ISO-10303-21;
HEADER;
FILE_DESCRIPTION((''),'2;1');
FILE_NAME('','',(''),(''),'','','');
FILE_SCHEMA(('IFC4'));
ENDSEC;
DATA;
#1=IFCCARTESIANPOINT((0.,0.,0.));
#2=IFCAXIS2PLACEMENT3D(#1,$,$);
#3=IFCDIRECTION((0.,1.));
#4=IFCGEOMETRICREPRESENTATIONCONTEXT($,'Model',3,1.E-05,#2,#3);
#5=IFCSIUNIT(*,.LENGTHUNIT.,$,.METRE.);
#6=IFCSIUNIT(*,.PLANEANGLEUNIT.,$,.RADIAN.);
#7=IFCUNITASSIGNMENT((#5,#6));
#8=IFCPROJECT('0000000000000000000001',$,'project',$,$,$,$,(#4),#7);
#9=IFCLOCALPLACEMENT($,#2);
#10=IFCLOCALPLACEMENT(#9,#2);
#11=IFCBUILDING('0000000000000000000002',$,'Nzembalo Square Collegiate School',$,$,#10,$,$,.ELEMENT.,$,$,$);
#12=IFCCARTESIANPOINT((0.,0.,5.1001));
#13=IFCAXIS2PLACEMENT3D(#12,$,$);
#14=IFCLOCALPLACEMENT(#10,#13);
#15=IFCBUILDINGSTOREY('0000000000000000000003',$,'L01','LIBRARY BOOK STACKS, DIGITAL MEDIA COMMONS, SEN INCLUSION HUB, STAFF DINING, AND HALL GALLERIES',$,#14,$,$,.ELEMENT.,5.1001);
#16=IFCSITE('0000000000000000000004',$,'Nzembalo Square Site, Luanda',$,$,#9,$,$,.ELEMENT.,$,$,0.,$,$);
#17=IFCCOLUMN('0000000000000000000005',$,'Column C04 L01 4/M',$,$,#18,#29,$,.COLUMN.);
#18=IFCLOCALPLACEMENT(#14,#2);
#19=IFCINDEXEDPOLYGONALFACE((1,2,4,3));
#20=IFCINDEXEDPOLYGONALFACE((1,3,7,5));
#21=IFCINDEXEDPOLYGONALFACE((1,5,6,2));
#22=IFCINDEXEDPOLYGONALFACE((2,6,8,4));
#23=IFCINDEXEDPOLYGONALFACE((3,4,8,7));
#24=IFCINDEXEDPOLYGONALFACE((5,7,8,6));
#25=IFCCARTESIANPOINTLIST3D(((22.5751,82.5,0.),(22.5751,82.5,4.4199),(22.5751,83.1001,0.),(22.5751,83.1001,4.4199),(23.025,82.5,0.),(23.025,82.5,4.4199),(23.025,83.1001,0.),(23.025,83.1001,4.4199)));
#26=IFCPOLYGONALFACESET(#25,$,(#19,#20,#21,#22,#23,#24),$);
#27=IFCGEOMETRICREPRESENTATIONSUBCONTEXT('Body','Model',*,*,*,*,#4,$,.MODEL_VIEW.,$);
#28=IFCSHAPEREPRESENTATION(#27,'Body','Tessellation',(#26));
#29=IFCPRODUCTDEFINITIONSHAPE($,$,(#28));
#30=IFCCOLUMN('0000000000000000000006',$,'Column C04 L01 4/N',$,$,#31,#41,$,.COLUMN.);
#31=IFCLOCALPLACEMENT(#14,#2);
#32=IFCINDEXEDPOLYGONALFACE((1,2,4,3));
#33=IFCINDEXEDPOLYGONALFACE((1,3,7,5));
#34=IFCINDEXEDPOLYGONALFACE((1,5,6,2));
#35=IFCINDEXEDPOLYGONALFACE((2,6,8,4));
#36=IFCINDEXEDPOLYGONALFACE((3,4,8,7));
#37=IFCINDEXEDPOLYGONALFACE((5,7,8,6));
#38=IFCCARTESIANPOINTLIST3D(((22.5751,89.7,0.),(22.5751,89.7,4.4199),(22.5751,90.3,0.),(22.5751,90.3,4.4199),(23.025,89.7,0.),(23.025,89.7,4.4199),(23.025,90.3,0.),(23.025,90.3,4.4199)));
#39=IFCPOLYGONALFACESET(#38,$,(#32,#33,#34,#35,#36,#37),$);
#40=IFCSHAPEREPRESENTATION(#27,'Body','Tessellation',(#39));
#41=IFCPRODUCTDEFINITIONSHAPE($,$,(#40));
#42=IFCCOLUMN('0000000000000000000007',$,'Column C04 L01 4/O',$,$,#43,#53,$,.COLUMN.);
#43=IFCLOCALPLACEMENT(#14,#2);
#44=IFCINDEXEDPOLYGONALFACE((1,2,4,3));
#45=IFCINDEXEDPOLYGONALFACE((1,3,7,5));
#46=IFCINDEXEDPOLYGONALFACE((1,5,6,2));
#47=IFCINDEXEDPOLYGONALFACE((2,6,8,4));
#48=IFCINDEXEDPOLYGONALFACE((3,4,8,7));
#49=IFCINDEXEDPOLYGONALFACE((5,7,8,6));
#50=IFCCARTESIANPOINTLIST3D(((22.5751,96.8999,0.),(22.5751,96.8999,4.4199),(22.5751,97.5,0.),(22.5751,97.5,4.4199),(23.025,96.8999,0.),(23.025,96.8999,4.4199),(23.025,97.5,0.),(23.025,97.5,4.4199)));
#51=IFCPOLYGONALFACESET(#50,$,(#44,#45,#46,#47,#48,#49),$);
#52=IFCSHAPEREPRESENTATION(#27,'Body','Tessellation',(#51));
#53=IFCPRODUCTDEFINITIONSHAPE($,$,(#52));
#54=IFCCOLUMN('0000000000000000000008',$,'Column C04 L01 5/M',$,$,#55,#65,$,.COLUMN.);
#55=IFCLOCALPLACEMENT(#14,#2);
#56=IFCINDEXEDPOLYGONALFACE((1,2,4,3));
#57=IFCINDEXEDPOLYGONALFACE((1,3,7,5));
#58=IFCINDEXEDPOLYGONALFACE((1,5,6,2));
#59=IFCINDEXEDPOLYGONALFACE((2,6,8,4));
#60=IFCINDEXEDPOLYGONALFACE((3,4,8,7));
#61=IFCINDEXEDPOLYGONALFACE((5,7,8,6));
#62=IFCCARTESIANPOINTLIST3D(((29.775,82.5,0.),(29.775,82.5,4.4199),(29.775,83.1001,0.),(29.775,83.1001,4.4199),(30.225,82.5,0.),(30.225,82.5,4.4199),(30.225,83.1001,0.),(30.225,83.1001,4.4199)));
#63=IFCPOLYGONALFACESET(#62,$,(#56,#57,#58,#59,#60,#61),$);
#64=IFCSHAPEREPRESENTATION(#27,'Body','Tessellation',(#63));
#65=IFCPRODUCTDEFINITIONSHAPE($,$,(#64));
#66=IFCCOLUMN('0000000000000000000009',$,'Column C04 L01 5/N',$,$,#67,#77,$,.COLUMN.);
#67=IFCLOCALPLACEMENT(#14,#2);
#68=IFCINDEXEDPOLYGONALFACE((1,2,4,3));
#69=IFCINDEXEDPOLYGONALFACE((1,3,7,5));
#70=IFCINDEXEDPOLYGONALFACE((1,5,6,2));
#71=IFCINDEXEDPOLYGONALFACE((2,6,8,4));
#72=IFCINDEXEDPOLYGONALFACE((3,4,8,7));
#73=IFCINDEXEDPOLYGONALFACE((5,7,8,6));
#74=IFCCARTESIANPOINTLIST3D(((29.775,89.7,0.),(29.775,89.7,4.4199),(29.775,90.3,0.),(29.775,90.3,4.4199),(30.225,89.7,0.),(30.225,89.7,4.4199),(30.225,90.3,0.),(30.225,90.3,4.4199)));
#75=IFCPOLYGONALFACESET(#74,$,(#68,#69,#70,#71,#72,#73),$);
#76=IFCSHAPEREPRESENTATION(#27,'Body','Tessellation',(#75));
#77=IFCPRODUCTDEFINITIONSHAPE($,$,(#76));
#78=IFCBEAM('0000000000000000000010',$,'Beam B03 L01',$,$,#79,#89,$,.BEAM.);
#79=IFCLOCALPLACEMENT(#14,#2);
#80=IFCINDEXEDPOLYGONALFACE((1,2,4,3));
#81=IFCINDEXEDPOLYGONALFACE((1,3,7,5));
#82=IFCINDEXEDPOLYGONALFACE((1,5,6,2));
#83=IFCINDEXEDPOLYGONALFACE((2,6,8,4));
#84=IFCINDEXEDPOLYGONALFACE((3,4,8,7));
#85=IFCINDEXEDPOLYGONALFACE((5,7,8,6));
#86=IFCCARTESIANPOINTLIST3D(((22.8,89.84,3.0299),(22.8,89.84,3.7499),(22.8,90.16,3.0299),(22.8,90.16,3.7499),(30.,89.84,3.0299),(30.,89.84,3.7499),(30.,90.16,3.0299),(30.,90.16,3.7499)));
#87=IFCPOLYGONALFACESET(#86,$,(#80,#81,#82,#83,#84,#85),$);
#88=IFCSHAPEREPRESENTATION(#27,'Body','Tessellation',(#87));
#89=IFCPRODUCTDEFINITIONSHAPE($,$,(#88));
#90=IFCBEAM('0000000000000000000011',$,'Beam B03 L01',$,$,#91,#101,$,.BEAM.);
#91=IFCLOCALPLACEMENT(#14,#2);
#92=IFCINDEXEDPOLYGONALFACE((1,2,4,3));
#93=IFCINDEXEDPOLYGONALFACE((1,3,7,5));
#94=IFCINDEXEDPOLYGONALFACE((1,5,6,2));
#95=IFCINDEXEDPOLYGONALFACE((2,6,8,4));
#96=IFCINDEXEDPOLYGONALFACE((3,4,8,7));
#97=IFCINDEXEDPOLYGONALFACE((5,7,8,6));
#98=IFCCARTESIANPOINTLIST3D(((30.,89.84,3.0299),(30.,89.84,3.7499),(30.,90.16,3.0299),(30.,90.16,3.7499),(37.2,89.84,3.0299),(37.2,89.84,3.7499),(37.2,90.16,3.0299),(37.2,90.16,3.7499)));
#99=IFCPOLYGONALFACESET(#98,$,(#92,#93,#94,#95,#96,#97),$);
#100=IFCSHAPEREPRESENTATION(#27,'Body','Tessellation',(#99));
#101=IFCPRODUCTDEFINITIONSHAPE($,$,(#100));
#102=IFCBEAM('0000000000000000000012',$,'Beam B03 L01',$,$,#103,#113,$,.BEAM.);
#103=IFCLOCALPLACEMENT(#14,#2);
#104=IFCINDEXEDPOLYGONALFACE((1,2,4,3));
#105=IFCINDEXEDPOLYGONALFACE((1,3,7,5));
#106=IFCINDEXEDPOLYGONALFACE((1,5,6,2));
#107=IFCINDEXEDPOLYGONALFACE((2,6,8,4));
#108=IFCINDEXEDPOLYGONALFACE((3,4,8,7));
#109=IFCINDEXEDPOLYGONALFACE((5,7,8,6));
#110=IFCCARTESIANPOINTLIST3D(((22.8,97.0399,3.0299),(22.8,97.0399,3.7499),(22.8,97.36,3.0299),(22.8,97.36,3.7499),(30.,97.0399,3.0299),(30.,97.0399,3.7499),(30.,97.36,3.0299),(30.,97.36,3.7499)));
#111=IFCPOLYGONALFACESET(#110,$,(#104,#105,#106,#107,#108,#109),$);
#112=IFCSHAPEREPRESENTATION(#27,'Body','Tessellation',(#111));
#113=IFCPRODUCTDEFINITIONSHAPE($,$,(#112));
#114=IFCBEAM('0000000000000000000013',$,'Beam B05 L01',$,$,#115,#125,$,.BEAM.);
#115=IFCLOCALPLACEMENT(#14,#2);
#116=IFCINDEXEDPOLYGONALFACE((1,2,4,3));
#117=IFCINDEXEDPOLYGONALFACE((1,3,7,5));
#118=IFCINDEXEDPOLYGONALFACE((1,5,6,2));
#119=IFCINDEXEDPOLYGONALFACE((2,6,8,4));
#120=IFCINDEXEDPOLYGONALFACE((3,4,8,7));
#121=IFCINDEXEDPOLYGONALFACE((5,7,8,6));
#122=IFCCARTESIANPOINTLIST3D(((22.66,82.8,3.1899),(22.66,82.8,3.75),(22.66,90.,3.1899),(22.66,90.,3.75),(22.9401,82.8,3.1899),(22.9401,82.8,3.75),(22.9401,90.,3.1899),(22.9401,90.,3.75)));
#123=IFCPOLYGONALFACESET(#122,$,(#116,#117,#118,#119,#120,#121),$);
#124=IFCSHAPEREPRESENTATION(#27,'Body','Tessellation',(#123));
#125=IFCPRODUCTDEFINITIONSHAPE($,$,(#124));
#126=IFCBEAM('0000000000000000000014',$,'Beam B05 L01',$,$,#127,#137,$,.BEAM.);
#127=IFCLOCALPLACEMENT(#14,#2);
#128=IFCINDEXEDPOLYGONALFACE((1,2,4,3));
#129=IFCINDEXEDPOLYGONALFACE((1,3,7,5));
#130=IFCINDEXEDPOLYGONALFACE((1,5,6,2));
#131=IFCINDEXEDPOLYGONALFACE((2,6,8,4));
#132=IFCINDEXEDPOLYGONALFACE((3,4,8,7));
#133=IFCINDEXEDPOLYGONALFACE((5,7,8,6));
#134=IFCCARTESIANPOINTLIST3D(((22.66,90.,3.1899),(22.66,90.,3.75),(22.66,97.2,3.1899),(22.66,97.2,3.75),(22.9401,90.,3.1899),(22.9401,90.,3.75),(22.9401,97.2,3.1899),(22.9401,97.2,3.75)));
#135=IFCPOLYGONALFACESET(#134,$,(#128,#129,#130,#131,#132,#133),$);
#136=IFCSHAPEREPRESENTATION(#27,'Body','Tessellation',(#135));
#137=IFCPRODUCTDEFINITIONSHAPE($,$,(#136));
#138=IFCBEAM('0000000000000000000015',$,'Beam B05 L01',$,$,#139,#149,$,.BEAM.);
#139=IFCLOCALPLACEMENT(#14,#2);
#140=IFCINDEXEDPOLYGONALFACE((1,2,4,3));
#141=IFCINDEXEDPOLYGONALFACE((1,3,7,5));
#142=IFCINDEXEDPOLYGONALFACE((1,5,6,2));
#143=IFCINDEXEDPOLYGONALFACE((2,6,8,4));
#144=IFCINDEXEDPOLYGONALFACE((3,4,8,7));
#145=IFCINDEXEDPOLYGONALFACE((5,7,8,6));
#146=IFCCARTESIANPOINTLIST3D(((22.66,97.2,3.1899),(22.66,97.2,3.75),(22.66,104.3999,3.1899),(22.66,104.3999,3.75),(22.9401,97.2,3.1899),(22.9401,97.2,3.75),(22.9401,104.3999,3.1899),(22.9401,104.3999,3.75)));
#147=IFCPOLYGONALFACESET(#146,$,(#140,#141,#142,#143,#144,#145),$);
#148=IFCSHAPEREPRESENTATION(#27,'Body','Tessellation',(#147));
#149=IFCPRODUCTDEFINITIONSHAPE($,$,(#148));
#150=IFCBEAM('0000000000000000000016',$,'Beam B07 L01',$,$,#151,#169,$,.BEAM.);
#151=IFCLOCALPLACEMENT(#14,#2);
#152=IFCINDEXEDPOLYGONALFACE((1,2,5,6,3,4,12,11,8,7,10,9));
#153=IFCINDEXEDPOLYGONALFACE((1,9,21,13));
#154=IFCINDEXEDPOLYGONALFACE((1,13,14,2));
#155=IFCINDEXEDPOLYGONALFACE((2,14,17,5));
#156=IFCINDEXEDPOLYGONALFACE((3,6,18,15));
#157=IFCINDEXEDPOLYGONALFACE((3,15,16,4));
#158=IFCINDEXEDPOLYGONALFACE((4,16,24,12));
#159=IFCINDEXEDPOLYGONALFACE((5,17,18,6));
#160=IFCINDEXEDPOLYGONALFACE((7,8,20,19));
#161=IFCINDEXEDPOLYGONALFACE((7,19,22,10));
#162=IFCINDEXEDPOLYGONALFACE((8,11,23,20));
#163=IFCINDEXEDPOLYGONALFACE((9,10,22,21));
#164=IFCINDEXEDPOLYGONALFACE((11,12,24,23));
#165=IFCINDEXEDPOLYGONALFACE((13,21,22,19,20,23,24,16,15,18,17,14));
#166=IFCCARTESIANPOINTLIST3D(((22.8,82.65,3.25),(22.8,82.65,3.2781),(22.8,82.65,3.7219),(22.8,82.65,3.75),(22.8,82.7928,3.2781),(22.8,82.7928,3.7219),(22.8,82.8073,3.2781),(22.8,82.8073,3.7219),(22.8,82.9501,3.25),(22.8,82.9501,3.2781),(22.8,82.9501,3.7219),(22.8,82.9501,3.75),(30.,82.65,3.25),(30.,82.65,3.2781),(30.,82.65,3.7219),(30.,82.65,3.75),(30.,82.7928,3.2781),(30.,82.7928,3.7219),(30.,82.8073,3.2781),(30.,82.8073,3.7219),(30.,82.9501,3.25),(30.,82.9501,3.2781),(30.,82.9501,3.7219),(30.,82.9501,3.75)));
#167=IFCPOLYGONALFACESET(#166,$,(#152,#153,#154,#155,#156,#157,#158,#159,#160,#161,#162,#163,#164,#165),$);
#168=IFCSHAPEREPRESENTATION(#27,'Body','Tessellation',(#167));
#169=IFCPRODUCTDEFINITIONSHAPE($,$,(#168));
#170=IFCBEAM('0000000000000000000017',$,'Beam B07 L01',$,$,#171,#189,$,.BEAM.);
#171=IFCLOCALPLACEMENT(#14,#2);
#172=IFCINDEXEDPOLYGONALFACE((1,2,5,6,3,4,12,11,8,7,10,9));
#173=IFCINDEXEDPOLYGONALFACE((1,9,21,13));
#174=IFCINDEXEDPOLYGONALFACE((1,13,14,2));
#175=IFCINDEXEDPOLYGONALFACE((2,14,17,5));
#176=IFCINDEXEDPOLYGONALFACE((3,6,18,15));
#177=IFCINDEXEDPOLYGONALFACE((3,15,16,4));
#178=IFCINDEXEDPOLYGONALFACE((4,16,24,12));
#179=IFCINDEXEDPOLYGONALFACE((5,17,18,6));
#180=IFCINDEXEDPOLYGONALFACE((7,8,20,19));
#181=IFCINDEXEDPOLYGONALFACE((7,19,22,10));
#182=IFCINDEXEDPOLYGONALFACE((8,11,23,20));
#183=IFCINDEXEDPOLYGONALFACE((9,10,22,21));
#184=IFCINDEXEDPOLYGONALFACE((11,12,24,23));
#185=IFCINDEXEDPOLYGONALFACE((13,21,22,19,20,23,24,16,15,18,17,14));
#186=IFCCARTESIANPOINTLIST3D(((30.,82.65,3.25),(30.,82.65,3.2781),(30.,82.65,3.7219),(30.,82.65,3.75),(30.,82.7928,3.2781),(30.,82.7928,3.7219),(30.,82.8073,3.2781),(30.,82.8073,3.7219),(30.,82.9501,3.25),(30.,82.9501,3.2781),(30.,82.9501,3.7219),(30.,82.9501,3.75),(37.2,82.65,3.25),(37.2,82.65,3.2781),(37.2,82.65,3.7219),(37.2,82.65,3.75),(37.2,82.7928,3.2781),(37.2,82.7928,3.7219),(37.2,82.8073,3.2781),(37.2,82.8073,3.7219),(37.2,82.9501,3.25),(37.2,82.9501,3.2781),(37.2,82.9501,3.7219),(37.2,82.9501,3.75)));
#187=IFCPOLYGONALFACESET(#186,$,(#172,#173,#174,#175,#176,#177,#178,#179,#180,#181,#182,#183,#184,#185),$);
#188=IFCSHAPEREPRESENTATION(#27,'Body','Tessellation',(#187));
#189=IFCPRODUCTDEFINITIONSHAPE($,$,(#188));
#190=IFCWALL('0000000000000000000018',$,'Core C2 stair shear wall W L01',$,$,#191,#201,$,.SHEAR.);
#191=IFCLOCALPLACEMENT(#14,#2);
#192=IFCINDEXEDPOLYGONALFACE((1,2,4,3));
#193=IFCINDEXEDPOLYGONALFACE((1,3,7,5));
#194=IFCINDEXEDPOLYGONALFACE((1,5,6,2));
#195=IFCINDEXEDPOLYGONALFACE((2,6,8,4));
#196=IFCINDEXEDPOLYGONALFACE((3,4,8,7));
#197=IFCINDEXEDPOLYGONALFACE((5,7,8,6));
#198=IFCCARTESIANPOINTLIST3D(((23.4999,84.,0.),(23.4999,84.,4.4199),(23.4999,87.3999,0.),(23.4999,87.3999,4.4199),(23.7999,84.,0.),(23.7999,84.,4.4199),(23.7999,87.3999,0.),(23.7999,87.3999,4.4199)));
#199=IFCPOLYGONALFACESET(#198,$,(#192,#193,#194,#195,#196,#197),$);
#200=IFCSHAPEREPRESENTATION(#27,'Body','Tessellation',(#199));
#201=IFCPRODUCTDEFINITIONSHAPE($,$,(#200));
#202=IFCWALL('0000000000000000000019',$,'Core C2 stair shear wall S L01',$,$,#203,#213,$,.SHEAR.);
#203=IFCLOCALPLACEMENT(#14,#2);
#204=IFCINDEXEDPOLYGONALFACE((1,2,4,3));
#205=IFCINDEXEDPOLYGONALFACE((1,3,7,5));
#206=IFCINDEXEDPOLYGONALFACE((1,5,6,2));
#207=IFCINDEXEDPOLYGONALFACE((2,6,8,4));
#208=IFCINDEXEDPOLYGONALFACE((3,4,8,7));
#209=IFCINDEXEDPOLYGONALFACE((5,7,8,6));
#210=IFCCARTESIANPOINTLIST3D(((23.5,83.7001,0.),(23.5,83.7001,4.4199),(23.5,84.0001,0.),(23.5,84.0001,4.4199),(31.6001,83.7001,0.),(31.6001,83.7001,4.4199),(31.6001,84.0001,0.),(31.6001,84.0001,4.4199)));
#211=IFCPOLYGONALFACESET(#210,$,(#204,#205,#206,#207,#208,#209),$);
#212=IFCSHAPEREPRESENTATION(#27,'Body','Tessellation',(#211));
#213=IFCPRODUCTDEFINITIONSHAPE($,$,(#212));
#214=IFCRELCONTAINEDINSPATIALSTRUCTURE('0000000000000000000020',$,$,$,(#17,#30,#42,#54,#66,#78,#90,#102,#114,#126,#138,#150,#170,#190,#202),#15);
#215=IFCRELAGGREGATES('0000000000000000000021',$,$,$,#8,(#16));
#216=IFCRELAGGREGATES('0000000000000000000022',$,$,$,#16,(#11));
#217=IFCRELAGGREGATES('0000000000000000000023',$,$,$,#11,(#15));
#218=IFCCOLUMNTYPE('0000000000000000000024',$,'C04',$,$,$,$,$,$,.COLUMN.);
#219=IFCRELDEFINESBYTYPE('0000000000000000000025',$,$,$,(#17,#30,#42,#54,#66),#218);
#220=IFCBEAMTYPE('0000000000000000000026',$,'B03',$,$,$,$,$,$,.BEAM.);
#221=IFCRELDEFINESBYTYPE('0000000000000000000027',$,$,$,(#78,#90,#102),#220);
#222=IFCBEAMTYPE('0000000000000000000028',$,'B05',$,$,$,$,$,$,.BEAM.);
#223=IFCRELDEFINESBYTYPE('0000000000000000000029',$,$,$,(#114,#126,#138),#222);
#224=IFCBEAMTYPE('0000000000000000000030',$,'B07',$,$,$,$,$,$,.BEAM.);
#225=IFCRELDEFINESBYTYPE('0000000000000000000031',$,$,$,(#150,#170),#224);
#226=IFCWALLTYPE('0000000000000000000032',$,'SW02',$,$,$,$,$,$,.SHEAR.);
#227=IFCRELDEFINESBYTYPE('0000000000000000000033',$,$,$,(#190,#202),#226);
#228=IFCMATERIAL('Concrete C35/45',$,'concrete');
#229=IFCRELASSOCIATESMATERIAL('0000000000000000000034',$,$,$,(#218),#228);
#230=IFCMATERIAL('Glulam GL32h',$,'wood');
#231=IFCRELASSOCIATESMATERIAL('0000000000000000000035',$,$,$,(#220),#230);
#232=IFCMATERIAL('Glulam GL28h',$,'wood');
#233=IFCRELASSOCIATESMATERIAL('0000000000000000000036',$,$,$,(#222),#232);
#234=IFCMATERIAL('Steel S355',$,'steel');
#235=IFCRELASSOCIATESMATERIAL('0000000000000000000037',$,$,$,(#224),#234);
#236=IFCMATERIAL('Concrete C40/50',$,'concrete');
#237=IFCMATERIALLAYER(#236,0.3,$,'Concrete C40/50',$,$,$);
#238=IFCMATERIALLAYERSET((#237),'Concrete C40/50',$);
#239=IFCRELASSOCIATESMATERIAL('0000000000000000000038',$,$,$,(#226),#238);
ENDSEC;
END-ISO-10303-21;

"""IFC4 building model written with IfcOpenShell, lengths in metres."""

from ifc_helpers import new_model, si_unit, direction, frame, frame_2d, origin, origin_2d, place, context, subcontext, project, spatial, rectangle, i_section, extrude, material, layer, layer_set, material_profile, profile_set, type_object, element, save


model = new_model("IFC4")

# Units and contexts
model_context = context("Model", 3, precision=1e-05, world=origin(), true_north=direction((0.0, 1.0)))
body_context = subcontext(model_context, "Body", "Model", "MODEL_VIEW")
ifc_project = project(units=[si_unit("LENGTHUNIT", "METRE"), si_unit("PLANEANGLEUNIT", "RADIAN")], contexts=[model_context])

# Site, building, storey
site_placement = place(None, origin())
site = spatial("IfcSite", under=ifc_project, at=site_placement, Name="Nzembalo Square Site, Luanda", CompositionType="ELEMENT", RefElevation=0.0)
building_placement = place(site_placement, origin())
building = spatial("IfcBuilding", under=site, at=building_placement, Name="Nzembalo Square Collegiate School", CompositionType="ELEMENT")
storey_placement = place(building_placement, frame((0.0, 0.0, 5.1001)))
storey = spatial("IfcBuildingStorey", under=building, at=storey_placement, Name="L01", Description="LIBRARY BOOK STACKS, DIGITAL MEDIA COMMONS, SEN INCLUSION HUB, STAFF DINING, AND HALL GALLERIES", CompositionType="ELEMENT", Elevation=5.1001)

# Columns
ifc_material_1 = material(Name="Concrete C35/45", Category="concrete")
ifc_material_profile_1 = material_profile(ifc_material_1, rectangle(XDim=0.45, YDim=0.6001, at=origin_2d()), Name="RC 450x600")
ifc_profile_set_1 = profile_set([ifc_material_profile_1], Name="Concrete C35/45")
column_type = type_object("IfcColumnType", Name="C04", PredefinedType="COLUMN", material=ifc_profile_set_1)
for number, where, z_axis, x_axis, name in (
    (1, (22.8, 82.8, 0.0), (0.0, 0.0, 1.0), (1.0, 0.0, 0.0), "Column C04 L01 4/M"),
    (2, (22.8, 90.0, 0.0), (0.0, 0.0, 1.0), (1.0, 0.0, 0.0), "Column C04 L01 4/N"),
    (3, (22.8, 97.2, 0.0), (0.0, 0.0, 1.0), (1.0, 0.0, 0.0), "Column C04 L01 4/O"),
    (4, (30.0, 82.8, 0.0), (0.0, 0.0, 1.0), (1.0, 0.0, 0.0), "Column C04 L01 5/M"),
    (5, (30.0, 90.0, 0.0), (0.0, 0.0, 1.0), (1.0, 0.0, 0.0), "Column C04 L01 5/N"),
):
    element("IfcColumn", number, at=place(storey_placement, frame(where, z_axis=z_axis, x_axis=x_axis)), inside=storey, type_object=column_type, Name=name, PredefinedType="COLUMN", context=body_context, shape_type="SweptSolid", body=[
        extrude(rectangle(XDim=0.45, YDim=0.6001, at=origin_2d()), origin(), (0.0, 0.0, 1.0), 4.4199),
    ])

# Beams
ifc_material_2 = material(Name="Glulam GL32h", Category="wood")
ifc_material_profile_2 = material_profile(ifc_material_2, rectangle(XDim=0.3201, YDim=0.72, at=origin_2d()), Name="GL32h 320x720")
ifc_profile_set_2 = profile_set([ifc_material_profile_2], Name="Glulam GL32h")
beam_type_1 = type_object("IfcBeamType", Name="B03", PredefinedType="BEAM", material=ifc_profile_set_2)
for number, where, z_axis, x_axis, name in (
    (6, (22.8, 90.0, 3.3899), (1.0, 0.0, 0.0), (0.0, 1.0, 0.0), "Beam B03 L01"),
    (7, (30.0, 90.0, 3.3899), (1.0, 0.0, 0.0), (0.0, 1.0, 0.0), "Beam B03 L01"),
    (8, (22.8, 97.2, 3.3899), (1.0, 0.0, 0.0), (0.0, 1.0, 0.0), "Beam B03 L01"),
):
    element("IfcBeam", number, at=place(storey_placement, frame(where, z_axis=z_axis, x_axis=x_axis)), inside=storey, type_object=beam_type_1, Name=name, PredefinedType="BEAM", context=body_context, shape_type="SweptSolid", body=[
        extrude(rectangle(XDim=0.3201, YDim=0.72, at=origin_2d()), origin(), (0.0, 0.0, 1.0), 7.2),
    ])
ifc_material_3 = material(Name="Glulam GL28h", Category="wood")
ifc_material_profile_3 = material_profile(ifc_material_3, rectangle(XDim=0.28, YDim=0.5601, at=origin_2d()), Name="GL28h 280x560")
ifc_profile_set_3 = profile_set([ifc_material_profile_3], Name="Glulam GL28h")
beam_type_2 = type_object("IfcBeamType", Name="B05", PredefinedType="BEAM", material=ifc_profile_set_3)
for number, where, z_axis, x_axis, name in (
    (9, (22.8, 82.8, 3.47), (0.0, 1.0, 0.0), (-1.0, 0.0, 0.0), "Beam B05 L01"),
    (10, (22.8, 90.0, 3.47), (0.0, 1.0, 0.0), (-1.0, 0.0, 0.0), "Beam B05 L01"),
    (11, (22.8, 97.2, 3.47), (0.0, 1.0, 0.0), (-1.0, 0.0, 0.0), "Beam B05 L01"),
):
    element("IfcBeam", number, at=place(storey_placement, frame(where, z_axis=z_axis, x_axis=x_axis)), inside=storey, type_object=beam_type_2, Name=name, PredefinedType="BEAM", context=body_context, shape_type="SweptSolid", body=[
        extrude(rectangle(XDim=0.28, YDim=0.5601, at=origin_2d()), origin(), (0.0, 0.0, 1.0), 7.2),
    ])
ifc_material_4 = material(Name="Steel S355", Category="steel")
ifc_material_profile_4 = material_profile(ifc_material_4, i_section(OverallWidth=0.3, OverallDepth=0.5, WebThickness=0.0144, FlangeThickness=0.0281, at=origin_2d()), Name="HEB 500")
ifc_profile_set_4 = profile_set([ifc_material_profile_4], Name="Steel S355")
beam_type_3 = type_object("IfcBeamType", Name="B07", PredefinedType="BEAM", material=ifc_profile_set_4)
for number, where, z_axis, x_axis, name in (
    (12, (22.8, 82.8, 3.5), (1.0, 0.0, 0.0), (0.0, 1.0, 0.0), "Beam B07 L01"),
    (13, (30.0, 82.8, 3.5), (1.0, 0.0, 0.0), (0.0, 1.0, 0.0), "Beam B07 L01"),
):
    element("IfcBeam", number, at=place(storey_placement, frame(where, z_axis=z_axis, x_axis=x_axis)), inside=storey, type_object=beam_type_3, Name=name, PredefinedType="BEAM", context=body_context, shape_type="SweptSolid", body=[
        extrude(i_section(OverallWidth=0.3, OverallDepth=0.5, WebThickness=0.0144, FlangeThickness=0.0281, at=origin_2d()), origin(), (0.0, 0.0, 1.0), 7.2),
    ])

# Walls
ifc_material_5 = material(Name="Concrete C40/50", Category="concrete")
ifc_layer_1 = layer(ifc_material_5, 0.3, Name="Concrete C40/50")
ifc_layer_set_1 = layer_set([ifc_layer_1], Name="Concrete C40/50")
wall_type_1 = type_object("IfcWallType", Name="SW02", PredefinedType="SHEAR", material=ifc_layer_set_1)
wall_1_placement = place(storey_placement, frame((23.6499, 84.0, 0.0), z_axis=(0.0, 0.0, 1.0), x_axis=(0.0, 1.0, 0.0)))
element("IfcWall", 14, at=wall_1_placement, inside=storey, type_object=wall_type_1, Name="Core C2 stair shear wall W L01", PredefinedType="SHEAR", context=body_context, shape_type="SweptSolid", body=[
    extrude(rectangle(XDim=3.3999, YDim=0.3, at=frame_2d((1.7, 0.0))), origin(), (0.0, 0.0, 1.0), 4.4199),
])
for number, where, z_axis, x_axis, name in (
    (15, (23.5, 83.8501, 0.0), (0.0, 0.0, 1.0), (1.0, 0.0, 0.0), "Core C2 stair shear wall S L01"),
):
    element("IfcWall", number, at=place(storey_placement, frame(where, z_axis=z_axis, x_axis=x_axis)), inside=storey, type_object=wall_type_1, Name=name, PredefinedType="SHEAR", context=body_context, shape_type="SweptSolid", body=[
        extrude(rectangle(XDim=8.1001, YDim=0.3, at=frame_2d((4.05, 0.0))), origin(), (0.0, 0.0, 1.0), 4.4199),
    ])

save(model, "model.ifc")
